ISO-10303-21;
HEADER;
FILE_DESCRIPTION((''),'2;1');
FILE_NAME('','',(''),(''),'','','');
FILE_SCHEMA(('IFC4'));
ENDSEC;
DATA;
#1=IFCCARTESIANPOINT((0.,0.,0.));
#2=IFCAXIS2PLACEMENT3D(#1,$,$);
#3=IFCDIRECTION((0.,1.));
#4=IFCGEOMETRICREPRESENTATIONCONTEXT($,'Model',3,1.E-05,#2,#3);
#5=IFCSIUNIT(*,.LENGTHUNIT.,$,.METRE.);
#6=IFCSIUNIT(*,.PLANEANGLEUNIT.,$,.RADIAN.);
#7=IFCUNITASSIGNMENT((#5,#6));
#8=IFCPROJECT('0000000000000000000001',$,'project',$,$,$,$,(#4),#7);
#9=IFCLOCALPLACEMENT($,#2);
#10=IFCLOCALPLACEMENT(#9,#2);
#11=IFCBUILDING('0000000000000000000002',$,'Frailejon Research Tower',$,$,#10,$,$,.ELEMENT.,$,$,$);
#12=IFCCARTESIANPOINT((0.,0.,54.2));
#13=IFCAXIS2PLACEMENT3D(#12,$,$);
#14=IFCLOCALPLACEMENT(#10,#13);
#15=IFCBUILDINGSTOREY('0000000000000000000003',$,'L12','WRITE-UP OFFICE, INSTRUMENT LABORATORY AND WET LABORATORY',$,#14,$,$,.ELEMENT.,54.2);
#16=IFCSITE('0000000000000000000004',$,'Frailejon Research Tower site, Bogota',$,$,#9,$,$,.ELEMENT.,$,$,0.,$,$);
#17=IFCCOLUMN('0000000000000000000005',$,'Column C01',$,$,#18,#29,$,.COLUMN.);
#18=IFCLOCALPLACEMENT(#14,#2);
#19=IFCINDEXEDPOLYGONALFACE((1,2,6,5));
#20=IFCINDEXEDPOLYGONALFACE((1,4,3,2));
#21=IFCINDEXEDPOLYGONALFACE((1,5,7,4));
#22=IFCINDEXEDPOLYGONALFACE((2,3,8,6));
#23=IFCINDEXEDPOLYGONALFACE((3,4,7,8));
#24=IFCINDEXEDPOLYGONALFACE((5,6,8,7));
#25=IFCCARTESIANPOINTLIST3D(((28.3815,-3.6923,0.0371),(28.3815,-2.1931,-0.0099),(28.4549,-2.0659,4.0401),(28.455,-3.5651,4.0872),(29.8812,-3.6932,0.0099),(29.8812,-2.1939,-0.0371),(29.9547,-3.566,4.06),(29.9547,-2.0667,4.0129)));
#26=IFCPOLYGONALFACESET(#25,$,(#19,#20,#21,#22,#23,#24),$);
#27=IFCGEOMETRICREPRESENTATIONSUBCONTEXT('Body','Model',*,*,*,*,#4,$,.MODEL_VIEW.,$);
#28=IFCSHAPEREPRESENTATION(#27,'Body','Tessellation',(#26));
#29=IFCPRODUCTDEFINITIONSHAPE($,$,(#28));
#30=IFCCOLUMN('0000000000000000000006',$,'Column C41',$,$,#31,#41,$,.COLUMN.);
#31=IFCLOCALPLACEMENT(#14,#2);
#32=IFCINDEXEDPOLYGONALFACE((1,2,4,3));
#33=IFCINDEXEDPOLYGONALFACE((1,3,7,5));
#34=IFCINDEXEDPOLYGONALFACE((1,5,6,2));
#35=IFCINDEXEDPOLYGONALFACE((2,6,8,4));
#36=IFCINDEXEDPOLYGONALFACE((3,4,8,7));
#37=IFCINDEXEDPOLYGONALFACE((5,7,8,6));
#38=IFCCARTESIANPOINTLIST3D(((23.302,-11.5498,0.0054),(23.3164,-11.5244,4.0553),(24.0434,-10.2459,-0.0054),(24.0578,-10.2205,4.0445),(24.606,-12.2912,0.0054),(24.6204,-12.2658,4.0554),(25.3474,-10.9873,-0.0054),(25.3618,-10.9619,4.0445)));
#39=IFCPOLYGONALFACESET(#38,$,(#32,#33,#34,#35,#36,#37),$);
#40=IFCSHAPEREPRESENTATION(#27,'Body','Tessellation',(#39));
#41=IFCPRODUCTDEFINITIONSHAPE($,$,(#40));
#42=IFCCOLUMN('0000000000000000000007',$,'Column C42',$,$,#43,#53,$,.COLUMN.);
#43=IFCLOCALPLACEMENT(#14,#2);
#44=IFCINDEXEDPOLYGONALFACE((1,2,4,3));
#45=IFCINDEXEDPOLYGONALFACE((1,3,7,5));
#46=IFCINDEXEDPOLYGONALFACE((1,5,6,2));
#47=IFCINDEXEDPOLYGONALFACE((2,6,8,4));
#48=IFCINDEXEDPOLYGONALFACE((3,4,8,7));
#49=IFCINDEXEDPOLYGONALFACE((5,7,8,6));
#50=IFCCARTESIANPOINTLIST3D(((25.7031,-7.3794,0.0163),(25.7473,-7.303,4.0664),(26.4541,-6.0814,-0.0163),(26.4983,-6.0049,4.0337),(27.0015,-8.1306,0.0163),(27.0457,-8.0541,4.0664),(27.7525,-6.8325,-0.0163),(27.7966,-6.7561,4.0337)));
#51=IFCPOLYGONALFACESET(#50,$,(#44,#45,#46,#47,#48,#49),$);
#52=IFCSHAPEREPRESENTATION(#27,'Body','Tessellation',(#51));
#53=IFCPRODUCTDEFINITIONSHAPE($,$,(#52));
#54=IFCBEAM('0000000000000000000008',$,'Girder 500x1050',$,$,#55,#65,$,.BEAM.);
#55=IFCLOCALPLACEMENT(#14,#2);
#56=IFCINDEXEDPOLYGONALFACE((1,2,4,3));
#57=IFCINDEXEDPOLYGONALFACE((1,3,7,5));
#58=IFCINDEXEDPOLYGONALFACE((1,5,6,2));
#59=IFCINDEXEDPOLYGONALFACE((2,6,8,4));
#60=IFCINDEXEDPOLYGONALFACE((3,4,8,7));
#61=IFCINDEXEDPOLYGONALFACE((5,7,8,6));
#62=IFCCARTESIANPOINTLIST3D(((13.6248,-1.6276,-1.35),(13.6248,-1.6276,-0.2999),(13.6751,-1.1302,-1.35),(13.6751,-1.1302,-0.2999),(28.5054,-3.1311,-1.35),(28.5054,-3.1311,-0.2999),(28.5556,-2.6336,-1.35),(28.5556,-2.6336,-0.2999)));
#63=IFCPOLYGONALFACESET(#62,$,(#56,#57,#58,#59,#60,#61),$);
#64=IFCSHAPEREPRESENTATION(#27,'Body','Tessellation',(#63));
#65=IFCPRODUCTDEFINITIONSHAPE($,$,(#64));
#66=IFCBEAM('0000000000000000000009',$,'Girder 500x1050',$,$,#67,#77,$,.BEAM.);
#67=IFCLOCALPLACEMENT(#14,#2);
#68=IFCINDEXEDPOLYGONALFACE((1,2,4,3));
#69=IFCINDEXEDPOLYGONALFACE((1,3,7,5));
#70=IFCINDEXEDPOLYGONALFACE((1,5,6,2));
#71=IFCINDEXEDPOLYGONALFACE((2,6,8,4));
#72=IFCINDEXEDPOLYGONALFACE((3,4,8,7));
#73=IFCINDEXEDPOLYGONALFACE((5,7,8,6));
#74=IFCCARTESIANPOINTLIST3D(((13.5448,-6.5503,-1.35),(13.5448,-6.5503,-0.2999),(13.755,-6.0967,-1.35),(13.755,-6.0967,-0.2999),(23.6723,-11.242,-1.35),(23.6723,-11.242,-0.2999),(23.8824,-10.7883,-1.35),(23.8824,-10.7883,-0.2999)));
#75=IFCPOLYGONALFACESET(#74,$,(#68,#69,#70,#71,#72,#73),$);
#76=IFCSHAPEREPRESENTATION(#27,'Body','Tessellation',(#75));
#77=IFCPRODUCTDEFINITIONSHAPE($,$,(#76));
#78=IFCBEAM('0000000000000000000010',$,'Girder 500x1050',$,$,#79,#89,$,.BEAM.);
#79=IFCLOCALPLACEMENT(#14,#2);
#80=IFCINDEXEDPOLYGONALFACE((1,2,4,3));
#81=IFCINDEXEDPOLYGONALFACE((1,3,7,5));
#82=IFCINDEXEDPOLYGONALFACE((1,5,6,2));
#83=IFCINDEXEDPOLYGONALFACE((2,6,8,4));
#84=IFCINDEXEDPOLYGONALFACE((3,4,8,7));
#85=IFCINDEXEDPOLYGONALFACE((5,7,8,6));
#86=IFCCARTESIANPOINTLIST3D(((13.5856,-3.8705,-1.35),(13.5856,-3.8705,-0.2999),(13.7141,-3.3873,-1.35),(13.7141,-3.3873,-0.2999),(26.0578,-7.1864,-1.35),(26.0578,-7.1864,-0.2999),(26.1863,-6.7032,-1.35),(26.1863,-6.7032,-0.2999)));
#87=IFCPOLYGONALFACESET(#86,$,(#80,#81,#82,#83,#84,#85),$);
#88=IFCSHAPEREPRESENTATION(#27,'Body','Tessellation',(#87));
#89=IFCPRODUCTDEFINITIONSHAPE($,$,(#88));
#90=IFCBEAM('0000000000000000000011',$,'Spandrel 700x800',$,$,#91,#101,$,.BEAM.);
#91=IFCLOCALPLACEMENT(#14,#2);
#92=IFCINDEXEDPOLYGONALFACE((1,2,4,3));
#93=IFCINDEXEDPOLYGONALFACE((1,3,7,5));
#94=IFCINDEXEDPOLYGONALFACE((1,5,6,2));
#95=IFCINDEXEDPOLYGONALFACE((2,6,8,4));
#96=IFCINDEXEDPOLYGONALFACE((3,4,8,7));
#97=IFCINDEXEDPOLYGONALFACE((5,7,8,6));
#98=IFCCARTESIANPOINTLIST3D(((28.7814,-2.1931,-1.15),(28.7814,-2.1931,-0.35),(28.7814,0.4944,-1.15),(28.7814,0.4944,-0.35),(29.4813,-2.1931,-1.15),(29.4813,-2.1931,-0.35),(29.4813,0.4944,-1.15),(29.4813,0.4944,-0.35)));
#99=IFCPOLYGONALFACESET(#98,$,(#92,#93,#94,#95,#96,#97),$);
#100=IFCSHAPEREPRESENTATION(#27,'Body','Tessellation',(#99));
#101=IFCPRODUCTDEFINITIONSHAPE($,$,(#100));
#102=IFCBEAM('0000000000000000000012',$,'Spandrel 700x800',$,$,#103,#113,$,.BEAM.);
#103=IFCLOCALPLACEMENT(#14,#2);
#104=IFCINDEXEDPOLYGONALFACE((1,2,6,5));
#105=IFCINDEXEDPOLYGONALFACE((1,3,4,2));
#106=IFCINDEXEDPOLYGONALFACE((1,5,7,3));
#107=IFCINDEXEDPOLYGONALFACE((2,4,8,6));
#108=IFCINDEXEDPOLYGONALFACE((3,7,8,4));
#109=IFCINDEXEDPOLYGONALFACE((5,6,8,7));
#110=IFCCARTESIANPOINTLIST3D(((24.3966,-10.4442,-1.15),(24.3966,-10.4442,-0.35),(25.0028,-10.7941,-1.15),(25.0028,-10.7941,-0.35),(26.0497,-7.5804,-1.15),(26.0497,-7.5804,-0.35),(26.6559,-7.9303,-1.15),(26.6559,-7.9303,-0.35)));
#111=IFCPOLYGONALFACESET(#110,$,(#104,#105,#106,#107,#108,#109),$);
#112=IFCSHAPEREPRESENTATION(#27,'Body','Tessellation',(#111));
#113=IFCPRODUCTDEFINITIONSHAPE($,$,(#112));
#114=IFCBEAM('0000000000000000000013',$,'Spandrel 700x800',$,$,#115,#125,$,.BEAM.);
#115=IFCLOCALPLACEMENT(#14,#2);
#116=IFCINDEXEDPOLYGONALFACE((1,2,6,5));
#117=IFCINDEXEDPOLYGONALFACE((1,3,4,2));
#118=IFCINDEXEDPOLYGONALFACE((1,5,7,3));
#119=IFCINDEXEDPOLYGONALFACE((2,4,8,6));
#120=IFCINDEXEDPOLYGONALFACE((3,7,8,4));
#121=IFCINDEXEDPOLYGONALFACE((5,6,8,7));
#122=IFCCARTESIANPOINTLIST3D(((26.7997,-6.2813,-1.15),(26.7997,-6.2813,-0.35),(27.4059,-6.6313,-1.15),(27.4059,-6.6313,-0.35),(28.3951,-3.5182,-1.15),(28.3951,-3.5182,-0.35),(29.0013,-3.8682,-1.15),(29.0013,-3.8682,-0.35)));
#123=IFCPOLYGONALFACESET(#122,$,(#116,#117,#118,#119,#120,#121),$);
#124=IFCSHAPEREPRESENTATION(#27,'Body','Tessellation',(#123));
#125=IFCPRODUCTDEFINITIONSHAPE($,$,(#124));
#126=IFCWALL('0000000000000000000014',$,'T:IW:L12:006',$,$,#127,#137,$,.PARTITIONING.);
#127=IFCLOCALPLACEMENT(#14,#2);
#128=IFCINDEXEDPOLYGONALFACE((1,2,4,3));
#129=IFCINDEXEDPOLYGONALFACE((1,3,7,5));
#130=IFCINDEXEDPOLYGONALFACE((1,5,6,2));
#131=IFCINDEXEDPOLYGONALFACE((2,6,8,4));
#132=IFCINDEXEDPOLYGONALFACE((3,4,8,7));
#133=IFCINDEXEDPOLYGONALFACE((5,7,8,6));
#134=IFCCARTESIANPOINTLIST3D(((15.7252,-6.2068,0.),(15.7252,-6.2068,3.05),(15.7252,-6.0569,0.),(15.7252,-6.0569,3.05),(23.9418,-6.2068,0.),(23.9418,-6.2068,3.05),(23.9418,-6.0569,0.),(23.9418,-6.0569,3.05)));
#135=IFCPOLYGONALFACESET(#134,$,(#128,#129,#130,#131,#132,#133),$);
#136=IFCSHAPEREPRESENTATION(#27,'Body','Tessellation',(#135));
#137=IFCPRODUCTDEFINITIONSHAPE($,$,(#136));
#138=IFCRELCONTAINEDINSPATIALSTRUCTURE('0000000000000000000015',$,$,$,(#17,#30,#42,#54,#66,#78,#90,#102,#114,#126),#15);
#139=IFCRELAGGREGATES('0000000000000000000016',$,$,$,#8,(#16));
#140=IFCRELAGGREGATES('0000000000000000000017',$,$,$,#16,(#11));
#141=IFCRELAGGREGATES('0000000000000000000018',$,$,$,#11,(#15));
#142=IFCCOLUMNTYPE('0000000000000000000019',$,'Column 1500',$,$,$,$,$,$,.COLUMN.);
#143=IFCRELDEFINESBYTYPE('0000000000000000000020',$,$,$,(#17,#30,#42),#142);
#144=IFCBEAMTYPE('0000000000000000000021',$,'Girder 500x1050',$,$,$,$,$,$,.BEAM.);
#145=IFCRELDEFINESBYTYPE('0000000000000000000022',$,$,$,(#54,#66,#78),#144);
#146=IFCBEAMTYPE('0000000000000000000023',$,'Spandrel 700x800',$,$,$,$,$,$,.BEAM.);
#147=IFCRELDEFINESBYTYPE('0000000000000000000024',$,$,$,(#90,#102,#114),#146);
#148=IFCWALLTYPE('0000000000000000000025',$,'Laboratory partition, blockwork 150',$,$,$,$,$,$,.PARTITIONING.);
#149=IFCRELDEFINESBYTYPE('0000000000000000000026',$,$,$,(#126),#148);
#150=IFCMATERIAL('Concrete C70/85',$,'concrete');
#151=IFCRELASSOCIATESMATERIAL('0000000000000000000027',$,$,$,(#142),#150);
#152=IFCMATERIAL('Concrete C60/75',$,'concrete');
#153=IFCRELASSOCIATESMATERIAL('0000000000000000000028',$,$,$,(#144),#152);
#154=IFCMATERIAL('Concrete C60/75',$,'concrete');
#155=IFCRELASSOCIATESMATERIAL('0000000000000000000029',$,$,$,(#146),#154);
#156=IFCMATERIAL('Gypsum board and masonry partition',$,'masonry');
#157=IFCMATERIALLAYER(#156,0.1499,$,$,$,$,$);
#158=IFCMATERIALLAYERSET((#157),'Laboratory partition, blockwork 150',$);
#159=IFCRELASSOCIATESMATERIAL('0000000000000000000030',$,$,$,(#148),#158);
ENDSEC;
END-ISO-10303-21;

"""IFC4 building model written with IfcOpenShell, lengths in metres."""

from ifc_helpers import new_model, si_unit, direction, frame, frame_2d, origin, origin_2d, place, context, subcontext, project, spatial, rectangle, extrude, material, layer, layer_set, material_profile, profile_set, type_object, element, save


model = new_model("IFC4")

# Units and contexts
model_context = context("Model", 3, precision=1e-05, world=origin(), true_north=direction((0.0, 1.0)))
body_context = subcontext(model_context, "Body", "Model", "MODEL_VIEW")
ifc_project = project(units=[si_unit("LENGTHUNIT", "METRE"), si_unit("PLANEANGLEUNIT", "RADIAN")], contexts=[model_context])

# Site, building, storey
site_placement = place(None, origin())
site = spatial("IfcSite", under=ifc_project, at=site_placement, Name="Frailejon Research Tower site, Bogota", CompositionType="ELEMENT", RefElevation=0.0)
building_placement = place(site_placement, origin())
building = spatial("IfcBuilding", under=site, at=building_placement, Name="Frailejon Research Tower", CompositionType="ELEMENT")
storey_placement = place(building_placement, frame((0.0, 0.0, 54.2)))
storey = spatial("IfcBuildingStorey", under=building, at=storey_placement, Name="L12", Description="WRITE-UP OFFICE, INSTRUMENT LABORATORY AND WET LABORATORY", CompositionType="ELEMENT", Elevation=54.2)

# Columns
ifc_material_1 = material(Name="Concrete C70/85", Category="concrete")
ifc_material_profile_1 = material_profile(ifc_material_1, rectangle(XDim=1.5, YDim=1.5, at=origin_2d()), Name="Column 1500")
ifc_profile_set_1 = profile_set([ifc_material_profile_1], Name="Concrete C70/85")
column_type = type_object("IfcColumnType", Name="Column 1500", PredefinedType="COLUMN", material=ifc_profile_set_1)
column_1_placement = place(storey_placement, frame((29.1313, -2.9431, 0.0), z_axis=(0.018133, 0.031386, 0.999343), x_axis=(-0.000022, 0.999507, -0.03139)))
element("IfcColumn", 1, at=column_1_placement, inside=storey, type_object=column_type, Name="Column C01", PredefinedType="COLUMN", context=body_context, shape_type="SweptSolid", body=[
    extrude(rectangle(XDim=1.5, YDim=1.5, at=origin_2d()), origin(), (0.0, 0.0, 1.0), 4.0527),
])
column_2_placement = place(storey_placement, frame((24.3247, -11.2686, 0.0), z_axis=(0.003556, 0.006269, 0.999974), x_axis=(0.494246, 0.869292, -0.007208)))
element("IfcColumn", 2, at=column_2_placement, inside=storey, type_object=column_type, Name="Column C41", PredefinedType="COLUMN", context=body_context, shape_type="SweptSolid", body=[
    extrude(rectangle(XDim=1.5, YDim=1.5, at=origin_2d()), origin(), (0.0, 0.0, 1.0), 4.05),
])
column_3_placement = place(storey_placement, frame((26.7278, -7.106, 0.0), z_axis=(0.010908, 0.018863, 0.999763), x_axis=(0.500638, 0.865382, -0.02179)))
element("IfcColumn", 3, at=column_3_placement, inside=storey, type_object=column_type, Name="Column C42", PredefinedType="COLUMN", context=body_context, shape_type="SweptSolid", body=[
    extrude(rectangle(XDim=1.5, YDim=1.5, at=origin_2d()), origin(), (0.0, 0.0, 1.0), 4.051),
])

# Beams
ifc_material_2 = material(Name="Concrete C60/75", Category="concrete")
ifc_material_profile_2 = material_profile(ifc_material_2, rectangle(XDim=0.5, YDim=1.05, at=origin_2d()), Name="Girder 500x1050")
ifc_profile_set_2 = profile_set([ifc_material_profile_2], Name="Concrete C60/75")
beam_type_1 = type_object("IfcBeamType", Name="Girder 500x1050", PredefinedType="BEAM", material=ifc_profile_set_2)
beam_1_placement = place(storey_placement, frame((28.5305, -2.8823, -0.825), z_axis=(-0.994935, 0.10052, 0.0), x_axis=(-0.10052, -0.994935, 0.0)))
element("IfcBeam", 4, at=beam_1_placement, inside=storey, type_object=beam_type_1, Name="Girder 500x1050", PredefinedType="BEAM", context=body_context, shape_type="SweptSolid", body=[
    extrude(rectangle(XDim=0.5, YDim=1.05, at=origin_2d()), origin(), (0.0, 0.0, 1.0), 14.9563),
])
beam_2_placement = place(storey_placement, frame((23.7773, -11.0151, -0.825), z_axis=(-0.907364, 0.420346, 0.0), x_axis=(-0.420346, -0.907364, 0.0)))
element("IfcBeam", 5, at=beam_2_placement, inside=storey, type_object=beam_type_1, Name="Girder 500x1050", PredefinedType="BEAM", context=body_context, shape_type="SweptSolid", body=[
    extrude(rectangle(XDim=0.5, YDim=1.05, at=origin_2d()), origin(), (0.0, 0.0, 1.0), 11.1614),
])
beam_3_placement = place(storey_placement, frame((26.1221, -6.9448, -0.825), z_axis=(-0.966427, 0.25694, 0.0), x_axis=(-0.25694, -0.966427, 0.0)))
element("IfcBeam", 6, at=beam_3_placement, inside=storey, type_object=beam_type_1, Name="Girder 500x1050", PredefinedType="BEAM", context=body_context, shape_type="SweptSolid", body=[
    extrude(rectangle(XDim=0.5, YDim=1.05, at=origin_2d()), origin(), (0.0, 0.0, 1.0), 12.9055),
])
ifc_material_3 = material(Name="Concrete C60/75", Category="concrete")
ifc_material_profile_3 = material_profile(ifc_material_3, rectangle(XDim=0.7, YDim=0.8, at=origin_2d()), Name="Spandrel 700x800")
ifc_profile_set_3 = profile_set([ifc_material_profile_3], Name="Concrete C60/75")
beam_type_2 = type_object("IfcBeamType", Name="Spandrel 700x800", PredefinedType="BEAM", material=ifc_profile_set_3)
beam_4_placement = place(storey_placement, frame((29.1313, -2.1931, -0.75), z_axis=(0.0, 1.0, 0.0), x_axis=(-1.0, 0.0, 0.0)))
element("IfcBeam", 7, at=beam_4_placement, inside=storey, type_object=beam_type_2, Name="Spandrel 700x800", PredefinedType="BEAM", context=body_context, shape_type="SweptSolid", body=[
    extrude(rectangle(XDim=0.7, YDim=0.8, at=origin_2d()), origin(), (0.0, 0.0, 1.0), 2.6875),
])
beam_5_placement = place(storey_placement, frame((24.6997, -10.6191, -0.75), z_axis=(0.499927, 0.866068, 0.0), x_axis=(-0.866068, 0.499927, 0.0)))
element("IfcBeam", 8, at=beam_5_placement, inside=storey, type_object=beam_type_2, Name="Spandrel 700x800", PredefinedType="BEAM", context=body_context, shape_type="SweptSolid", body=[
    extrude(rectangle(XDim=0.7, YDim=0.8, at=origin_2d()), origin(), (0.0, 0.0, 1.0), 3.3066),
])
beam_6_placement = place(storey_placement, frame((27.1028, -6.4563, -0.75), z_axis=(0.500032, 0.866007, 0.0), x_axis=(-0.866007, 0.500032, 0.0)))
element("IfcBeam", 9, at=beam_6_placement, inside=storey, type_object=beam_type_2, Name="Spandrel 700x800", PredefinedType="BEAM", context=body_context, shape_type="SweptSolid", body=[
    extrude(rectangle(XDim=0.7, YDim=0.8, at=origin_2d()), origin(), (0.0, 0.0, 1.0), 3.1907),
])

# Wall
ifc_material_4 = material(Name="Gypsum board and masonry partition", Category="masonry")
ifc_layer_1 = layer(ifc_material_4, 0.1499)
ifc_layer_set_1 = layer_set([ifc_layer_1], Name="Laboratory partition, blockwork 150")
wall_type_1 = type_object("IfcWallType", Name="Laboratory partition, blockwork 150", PredefinedType="PARTITIONING", material=ifc_layer_set_1)
wall_1_placement = place(storey_placement, frame((15.7251, -6.1318, 0.0), z_axis=(0.0, 0.0, 1.0), x_axis=(1.0, 0.0, 0.0)))
element("IfcWall", 10, at=wall_1_placement, inside=storey, type_object=wall_type_1, Name="T:IW:L12:006", PredefinedType="PARTITIONING", context=body_context, shape_type="SweptSolid", body=[
    extrude(rectangle(XDim=8.2166, YDim=0.1499, at=frame_2d((4.1084, 0.0))), origin(), (0.0, 0.0, 1.0), 3.05),
])

save(model, "model.ifc")
